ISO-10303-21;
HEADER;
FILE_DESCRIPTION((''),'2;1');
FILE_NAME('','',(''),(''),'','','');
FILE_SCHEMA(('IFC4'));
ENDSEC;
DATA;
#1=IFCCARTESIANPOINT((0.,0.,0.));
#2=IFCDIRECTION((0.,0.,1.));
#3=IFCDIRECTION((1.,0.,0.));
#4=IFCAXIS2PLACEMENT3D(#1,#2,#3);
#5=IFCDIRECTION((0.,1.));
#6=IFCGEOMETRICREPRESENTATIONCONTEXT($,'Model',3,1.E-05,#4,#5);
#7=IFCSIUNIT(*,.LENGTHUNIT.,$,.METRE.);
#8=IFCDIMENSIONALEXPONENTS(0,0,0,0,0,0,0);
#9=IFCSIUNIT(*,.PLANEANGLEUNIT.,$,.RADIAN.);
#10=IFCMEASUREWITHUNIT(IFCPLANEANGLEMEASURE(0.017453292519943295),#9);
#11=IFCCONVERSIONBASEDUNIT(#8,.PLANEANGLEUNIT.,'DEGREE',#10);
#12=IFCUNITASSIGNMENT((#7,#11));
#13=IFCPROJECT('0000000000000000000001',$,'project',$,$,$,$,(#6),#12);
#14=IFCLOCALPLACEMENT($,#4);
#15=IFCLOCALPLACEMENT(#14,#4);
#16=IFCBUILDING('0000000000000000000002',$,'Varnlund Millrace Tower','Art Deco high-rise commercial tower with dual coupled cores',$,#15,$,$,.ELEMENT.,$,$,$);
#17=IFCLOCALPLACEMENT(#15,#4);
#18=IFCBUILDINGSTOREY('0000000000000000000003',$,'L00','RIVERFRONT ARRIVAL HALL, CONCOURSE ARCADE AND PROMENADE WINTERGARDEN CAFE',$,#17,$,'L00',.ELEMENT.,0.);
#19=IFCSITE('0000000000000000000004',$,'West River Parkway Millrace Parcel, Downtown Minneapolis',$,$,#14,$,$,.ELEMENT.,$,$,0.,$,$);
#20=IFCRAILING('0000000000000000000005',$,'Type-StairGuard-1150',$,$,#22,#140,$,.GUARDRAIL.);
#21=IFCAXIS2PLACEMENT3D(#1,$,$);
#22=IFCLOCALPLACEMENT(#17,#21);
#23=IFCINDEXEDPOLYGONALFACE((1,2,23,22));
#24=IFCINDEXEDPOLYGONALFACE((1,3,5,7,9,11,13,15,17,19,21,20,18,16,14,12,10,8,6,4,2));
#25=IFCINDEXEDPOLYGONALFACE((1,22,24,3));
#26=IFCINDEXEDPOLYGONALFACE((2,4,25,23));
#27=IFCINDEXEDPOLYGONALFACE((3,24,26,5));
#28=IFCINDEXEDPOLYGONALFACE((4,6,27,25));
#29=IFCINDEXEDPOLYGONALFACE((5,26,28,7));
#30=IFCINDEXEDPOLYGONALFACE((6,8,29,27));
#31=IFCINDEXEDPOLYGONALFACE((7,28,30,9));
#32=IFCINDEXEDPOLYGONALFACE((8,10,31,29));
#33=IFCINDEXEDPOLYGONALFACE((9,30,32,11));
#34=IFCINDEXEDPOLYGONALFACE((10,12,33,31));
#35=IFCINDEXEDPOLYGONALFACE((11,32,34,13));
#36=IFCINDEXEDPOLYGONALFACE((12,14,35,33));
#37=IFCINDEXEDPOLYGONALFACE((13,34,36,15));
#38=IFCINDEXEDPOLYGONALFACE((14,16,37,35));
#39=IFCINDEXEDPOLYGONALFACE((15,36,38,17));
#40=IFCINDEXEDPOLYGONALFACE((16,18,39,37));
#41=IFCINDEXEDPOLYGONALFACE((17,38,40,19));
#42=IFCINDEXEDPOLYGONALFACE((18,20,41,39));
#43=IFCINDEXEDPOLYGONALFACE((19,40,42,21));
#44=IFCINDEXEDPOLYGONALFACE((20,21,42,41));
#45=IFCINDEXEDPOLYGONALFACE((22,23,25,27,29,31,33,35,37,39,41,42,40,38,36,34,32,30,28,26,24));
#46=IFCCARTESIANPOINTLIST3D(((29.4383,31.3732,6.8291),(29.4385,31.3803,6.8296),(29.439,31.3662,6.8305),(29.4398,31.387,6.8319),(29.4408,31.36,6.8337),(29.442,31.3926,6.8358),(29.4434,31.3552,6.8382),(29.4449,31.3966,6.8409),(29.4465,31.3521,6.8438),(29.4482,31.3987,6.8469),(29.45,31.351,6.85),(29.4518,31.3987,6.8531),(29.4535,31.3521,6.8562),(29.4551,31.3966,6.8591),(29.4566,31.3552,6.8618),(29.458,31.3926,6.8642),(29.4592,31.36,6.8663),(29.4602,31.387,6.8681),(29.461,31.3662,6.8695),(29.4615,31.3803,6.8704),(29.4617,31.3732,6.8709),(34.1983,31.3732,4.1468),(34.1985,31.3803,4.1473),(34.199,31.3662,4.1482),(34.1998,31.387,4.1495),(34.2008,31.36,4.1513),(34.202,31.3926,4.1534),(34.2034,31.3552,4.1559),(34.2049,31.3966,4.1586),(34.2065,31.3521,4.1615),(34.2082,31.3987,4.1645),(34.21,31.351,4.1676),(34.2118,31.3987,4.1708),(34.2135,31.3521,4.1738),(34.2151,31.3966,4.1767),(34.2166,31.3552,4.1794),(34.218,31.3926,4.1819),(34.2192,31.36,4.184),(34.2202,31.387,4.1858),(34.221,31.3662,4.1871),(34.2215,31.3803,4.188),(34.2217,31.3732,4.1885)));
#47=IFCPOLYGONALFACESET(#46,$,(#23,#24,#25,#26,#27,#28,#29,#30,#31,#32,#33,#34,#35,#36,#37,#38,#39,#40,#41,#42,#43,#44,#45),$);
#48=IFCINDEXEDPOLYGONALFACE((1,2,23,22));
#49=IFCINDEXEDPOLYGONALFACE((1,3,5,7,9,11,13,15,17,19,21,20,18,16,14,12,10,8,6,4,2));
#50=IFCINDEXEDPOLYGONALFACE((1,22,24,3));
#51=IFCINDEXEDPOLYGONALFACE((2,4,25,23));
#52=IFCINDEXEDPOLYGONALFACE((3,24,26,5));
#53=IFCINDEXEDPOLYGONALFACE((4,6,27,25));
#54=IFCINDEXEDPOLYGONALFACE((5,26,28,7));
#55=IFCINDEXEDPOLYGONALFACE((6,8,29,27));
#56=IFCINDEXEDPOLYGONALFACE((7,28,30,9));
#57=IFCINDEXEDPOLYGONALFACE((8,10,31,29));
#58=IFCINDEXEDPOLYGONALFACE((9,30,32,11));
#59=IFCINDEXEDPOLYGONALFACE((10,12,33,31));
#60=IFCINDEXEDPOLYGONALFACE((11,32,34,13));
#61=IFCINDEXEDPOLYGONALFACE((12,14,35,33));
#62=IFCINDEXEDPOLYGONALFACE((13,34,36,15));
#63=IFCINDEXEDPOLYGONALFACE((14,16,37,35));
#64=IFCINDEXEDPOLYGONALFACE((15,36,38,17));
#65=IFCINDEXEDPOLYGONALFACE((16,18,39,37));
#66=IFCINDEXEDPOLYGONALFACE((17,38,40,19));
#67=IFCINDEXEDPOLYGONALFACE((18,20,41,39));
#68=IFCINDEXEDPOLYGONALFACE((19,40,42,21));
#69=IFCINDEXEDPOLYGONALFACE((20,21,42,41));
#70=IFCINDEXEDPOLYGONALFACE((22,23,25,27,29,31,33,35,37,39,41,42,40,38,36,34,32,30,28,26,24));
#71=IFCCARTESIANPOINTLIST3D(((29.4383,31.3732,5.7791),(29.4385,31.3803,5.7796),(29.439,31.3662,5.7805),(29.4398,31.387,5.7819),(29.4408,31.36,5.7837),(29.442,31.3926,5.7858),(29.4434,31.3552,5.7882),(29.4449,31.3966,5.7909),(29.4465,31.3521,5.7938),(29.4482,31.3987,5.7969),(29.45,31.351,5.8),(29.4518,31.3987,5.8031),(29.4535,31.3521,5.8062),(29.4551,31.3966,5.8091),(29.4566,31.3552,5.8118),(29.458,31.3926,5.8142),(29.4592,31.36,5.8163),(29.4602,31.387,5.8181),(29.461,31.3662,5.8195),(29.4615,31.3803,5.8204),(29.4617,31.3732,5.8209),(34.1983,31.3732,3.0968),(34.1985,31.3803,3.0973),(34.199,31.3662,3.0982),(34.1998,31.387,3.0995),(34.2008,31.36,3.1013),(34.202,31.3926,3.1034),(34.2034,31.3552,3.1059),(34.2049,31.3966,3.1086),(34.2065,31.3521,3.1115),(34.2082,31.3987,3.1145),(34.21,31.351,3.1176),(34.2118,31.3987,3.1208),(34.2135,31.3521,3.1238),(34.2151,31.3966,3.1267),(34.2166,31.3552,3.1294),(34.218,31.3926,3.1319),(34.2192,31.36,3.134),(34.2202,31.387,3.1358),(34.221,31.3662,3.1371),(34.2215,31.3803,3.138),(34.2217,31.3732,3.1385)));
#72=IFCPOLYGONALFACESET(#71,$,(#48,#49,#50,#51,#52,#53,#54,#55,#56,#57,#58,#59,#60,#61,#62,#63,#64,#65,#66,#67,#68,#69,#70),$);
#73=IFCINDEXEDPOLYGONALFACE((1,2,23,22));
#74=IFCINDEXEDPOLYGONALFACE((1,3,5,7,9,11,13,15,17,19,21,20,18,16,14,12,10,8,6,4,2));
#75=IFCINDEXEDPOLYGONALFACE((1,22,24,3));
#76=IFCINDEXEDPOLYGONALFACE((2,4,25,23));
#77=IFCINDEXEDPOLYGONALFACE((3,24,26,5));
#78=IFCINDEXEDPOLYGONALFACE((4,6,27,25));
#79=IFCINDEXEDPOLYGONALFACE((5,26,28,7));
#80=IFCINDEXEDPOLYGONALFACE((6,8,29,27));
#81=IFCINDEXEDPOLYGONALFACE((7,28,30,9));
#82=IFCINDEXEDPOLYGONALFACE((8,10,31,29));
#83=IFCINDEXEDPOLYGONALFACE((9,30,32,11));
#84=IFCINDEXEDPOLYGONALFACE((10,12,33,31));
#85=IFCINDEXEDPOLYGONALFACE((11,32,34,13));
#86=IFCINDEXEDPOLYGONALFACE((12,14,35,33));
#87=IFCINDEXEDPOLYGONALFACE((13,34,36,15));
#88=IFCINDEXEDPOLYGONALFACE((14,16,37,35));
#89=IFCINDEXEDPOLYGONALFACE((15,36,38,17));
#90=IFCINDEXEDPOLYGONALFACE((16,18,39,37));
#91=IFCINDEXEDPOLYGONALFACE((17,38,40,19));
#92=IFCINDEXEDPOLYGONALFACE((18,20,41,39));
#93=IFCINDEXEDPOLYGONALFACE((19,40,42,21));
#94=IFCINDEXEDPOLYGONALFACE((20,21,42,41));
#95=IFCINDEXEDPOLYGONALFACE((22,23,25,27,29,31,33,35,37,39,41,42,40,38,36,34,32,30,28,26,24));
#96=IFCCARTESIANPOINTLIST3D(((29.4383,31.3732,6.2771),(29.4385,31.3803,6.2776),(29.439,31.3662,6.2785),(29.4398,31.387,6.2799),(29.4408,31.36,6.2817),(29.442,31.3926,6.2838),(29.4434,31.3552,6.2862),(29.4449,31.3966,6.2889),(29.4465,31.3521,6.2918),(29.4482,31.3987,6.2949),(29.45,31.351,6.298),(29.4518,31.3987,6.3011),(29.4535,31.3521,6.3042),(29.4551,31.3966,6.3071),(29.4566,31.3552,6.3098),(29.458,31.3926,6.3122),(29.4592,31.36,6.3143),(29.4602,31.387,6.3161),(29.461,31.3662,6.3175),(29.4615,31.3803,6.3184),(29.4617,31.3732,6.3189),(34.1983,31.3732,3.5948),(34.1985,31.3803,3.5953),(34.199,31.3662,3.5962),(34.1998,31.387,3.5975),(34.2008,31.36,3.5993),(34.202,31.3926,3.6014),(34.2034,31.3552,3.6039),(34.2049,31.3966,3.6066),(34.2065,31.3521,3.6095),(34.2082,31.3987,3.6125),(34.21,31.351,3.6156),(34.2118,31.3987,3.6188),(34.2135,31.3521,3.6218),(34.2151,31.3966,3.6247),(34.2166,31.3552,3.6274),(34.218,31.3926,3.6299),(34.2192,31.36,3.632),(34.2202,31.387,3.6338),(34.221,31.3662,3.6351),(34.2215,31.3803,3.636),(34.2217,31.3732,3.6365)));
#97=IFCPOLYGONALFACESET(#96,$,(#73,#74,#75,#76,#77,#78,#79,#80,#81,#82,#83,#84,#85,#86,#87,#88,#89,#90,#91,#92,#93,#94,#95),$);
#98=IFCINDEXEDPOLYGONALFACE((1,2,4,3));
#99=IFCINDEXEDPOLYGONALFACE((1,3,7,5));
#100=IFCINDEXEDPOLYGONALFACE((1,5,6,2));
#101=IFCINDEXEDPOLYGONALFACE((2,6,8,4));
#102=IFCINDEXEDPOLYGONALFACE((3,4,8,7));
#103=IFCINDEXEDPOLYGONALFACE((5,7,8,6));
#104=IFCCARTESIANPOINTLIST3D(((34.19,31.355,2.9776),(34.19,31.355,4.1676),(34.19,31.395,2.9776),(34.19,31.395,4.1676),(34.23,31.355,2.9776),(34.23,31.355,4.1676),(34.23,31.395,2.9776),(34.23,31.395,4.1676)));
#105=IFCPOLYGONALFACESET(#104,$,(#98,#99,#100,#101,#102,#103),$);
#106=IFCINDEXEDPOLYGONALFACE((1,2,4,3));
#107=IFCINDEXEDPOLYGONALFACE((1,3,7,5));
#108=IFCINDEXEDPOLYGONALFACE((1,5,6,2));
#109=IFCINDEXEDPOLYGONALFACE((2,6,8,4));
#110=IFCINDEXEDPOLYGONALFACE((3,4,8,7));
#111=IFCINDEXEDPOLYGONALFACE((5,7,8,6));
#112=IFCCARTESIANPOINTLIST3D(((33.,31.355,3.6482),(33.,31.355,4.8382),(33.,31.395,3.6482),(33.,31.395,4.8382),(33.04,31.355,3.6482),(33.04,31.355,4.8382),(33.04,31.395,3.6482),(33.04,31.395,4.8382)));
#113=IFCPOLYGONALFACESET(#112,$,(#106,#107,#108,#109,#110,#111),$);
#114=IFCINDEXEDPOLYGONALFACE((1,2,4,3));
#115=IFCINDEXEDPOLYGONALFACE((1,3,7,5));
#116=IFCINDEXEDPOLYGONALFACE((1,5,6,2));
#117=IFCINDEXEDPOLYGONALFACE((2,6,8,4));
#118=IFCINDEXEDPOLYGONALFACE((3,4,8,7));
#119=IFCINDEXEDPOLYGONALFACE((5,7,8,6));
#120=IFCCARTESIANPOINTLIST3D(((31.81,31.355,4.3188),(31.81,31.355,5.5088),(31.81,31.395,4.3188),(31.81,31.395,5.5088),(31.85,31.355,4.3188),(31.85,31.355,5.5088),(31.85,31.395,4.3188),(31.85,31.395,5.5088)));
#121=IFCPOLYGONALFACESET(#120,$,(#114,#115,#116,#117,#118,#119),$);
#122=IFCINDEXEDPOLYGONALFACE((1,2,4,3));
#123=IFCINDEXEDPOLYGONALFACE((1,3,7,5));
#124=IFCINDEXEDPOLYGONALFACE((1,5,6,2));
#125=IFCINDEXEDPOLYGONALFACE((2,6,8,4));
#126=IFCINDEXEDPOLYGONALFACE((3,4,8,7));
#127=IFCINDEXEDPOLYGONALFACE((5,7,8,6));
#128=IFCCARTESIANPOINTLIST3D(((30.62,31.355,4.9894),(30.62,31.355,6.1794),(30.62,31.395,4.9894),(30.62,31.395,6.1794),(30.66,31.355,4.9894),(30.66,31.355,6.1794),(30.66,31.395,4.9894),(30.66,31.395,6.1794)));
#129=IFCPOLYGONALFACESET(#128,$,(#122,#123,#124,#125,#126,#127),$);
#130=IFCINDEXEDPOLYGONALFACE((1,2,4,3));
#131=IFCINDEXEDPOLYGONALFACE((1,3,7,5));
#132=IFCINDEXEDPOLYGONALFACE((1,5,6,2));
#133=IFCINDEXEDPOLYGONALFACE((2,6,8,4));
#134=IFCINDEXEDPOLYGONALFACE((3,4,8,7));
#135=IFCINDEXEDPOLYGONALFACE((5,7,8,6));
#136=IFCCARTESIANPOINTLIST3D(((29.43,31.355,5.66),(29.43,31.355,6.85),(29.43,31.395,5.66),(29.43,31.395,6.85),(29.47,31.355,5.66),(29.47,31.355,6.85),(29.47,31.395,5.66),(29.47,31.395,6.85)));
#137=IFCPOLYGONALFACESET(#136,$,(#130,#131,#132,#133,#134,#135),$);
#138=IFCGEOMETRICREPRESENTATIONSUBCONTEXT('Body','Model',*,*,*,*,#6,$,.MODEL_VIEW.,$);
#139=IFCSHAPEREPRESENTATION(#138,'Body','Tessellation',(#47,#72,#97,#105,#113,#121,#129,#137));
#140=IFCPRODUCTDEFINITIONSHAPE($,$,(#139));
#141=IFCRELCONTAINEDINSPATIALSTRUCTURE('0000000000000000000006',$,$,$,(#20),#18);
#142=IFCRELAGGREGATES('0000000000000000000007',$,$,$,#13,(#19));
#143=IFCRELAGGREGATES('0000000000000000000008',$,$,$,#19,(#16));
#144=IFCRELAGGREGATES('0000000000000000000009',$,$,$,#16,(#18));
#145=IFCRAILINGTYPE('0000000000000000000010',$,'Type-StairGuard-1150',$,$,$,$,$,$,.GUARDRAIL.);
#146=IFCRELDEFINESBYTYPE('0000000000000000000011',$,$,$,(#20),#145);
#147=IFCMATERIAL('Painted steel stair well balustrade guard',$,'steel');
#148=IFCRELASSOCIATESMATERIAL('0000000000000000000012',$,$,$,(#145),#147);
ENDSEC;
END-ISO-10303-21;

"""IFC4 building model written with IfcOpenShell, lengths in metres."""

from ifc_helpers import new_model, entity, si_unit, converted_unit, direction, frame, origin_with_axes, origin_2d_with_axis, place, context, subcontext, project, spatial, rectangle, circle, extrude, material, type_object, element, save


model = new_model("IFC4")

# Units and contexts
model_context = context("Model", 3, precision=1e-05, world=origin_with_axes(), true_north=direction((0.0, 1.0)))
body_context = subcontext(model_context, "Body", "Model", "MODEL_VIEW")
ifc_project = project(units=[si_unit("LENGTHUNIT", "METRE"), converted_unit("PLANEANGLEUNIT", "DEGREE", entity("IfcPlaneAngleMeasure", 0.017453292519943295), si_unit("PLANEANGLEUNIT", "RADIAN"), dimensions=[0, 0, 0, 0, 0, 0, 0])], contexts=[model_context])

# Site, building, storey
site_placement = place(None, origin_with_axes())
site = spatial("IfcSite", under=ifc_project, at=site_placement, Name="West River Parkway Millrace Parcel, Downtown Minneapolis", CompositionType="ELEMENT", RefElevation=0.0)
building_placement = place(site_placement, origin_with_axes())
building = spatial("IfcBuilding", under=site, at=building_placement, Name="Varnlund Millrace Tower", Description="Art Deco high-rise commercial tower with dual coupled cores", CompositionType="ELEMENT")
storey_placement = place(building_placement, origin_with_axes())
storey = spatial("IfcBuildingStorey", under=building, at=storey_placement, Name="L00", Description="RIVERFRONT ARRIVAL HALL, CONCOURSE ARCADE AND PROMENADE WINTERGARDEN CAFE", LongName="L00", CompositionType="ELEMENT", Elevation=0.0)

# Railing
ifc_material_1 = material(Name="Painted steel stair well balustrade guard", Category="steel")
railing_type_1 = type_object("IfcRailingType", Name="Type-StairGuard-1150", PredefinedType="GUARDRAIL", material=ifc_material_1)
railing_1_placement = place(storey_placement, origin_with_axes())
element("IfcRailing", 1, at=railing_1_placement, inside=storey, type_object=railing_type_1, Name="Type-StairGuard-1150", PredefinedType="GUARDRAIL", context=body_context, shape_type="SweptSolid", body=[
    extrude(circle(Radius=0.024, at=origin_2d_with_axis()), frame((34.21, 31.375, 4.1676), z_axis=(-0.871196, 0.0, 0.490936), x_axis=(0.0, -1.0, 0.0)), (0.0, 0.0, 1.0), 5.4638),
    extrude(circle(Radius=0.024, at=origin_2d_with_axis()), frame((34.21, 31.375, 3.1176), z_axis=(-0.871196, 0.0, 0.490936), x_axis=(0.0, -1.0, 0.0)), (0.0, 0.0, 1.0), 5.4638),
    extrude(circle(Radius=0.024, at=origin_2d_with_axis()), frame((34.21, 31.375, 3.6156), z_axis=(-0.871196, 0.0, 0.490936), x_axis=(0.0, -1.0, 0.0)), (0.0, 0.0, 1.0), 5.4638),
    extrude(rectangle(XDim=0.04, YDim=0.04, at=origin_2d_with_axis()), frame((34.21, 31.375, 2.9776), z_axis=(0.0, 0.0, 1.0), x_axis=(1.0, 0.0, 0.0)), (0.0, 0.0, 1.0), 1.19),
    extrude(rectangle(XDim=0.04, YDim=0.04, at=origin_2d_with_axis()), frame((33.02, 31.375, 3.6482), z_axis=(0.0, 0.0, 1.0), x_axis=(1.0, 0.0, 0.0)), (0.0, 0.0, 1.0), 1.19),
    extrude(rectangle(XDim=0.04, YDim=0.04, at=origin_2d_with_axis()), frame((31.83, 31.375, 4.3188), z_axis=(0.0, 0.0, 1.0), x_axis=(1.0, 0.0, 0.0)), (0.0, 0.0, 1.0), 1.19),
    extrude(rectangle(XDim=0.04, YDim=0.04, at=origin_2d_with_axis()), frame((30.64, 31.375, 4.9894), z_axis=(0.0, 0.0, 1.0), x_axis=(1.0, 0.0, 0.0)), (0.0, 0.0, 1.0), 1.19),
    extrude(rectangle(XDim=0.04, YDim=0.04, at=origin_2d_with_axis()), frame((29.45, 31.375, 5.66), z_axis=(0.0, 0.0, 1.0), x_axis=(1.0, 0.0, 0.0)), (0.0, 0.0, 1.0), 1.19),
])

save(model, "model.ifc")
